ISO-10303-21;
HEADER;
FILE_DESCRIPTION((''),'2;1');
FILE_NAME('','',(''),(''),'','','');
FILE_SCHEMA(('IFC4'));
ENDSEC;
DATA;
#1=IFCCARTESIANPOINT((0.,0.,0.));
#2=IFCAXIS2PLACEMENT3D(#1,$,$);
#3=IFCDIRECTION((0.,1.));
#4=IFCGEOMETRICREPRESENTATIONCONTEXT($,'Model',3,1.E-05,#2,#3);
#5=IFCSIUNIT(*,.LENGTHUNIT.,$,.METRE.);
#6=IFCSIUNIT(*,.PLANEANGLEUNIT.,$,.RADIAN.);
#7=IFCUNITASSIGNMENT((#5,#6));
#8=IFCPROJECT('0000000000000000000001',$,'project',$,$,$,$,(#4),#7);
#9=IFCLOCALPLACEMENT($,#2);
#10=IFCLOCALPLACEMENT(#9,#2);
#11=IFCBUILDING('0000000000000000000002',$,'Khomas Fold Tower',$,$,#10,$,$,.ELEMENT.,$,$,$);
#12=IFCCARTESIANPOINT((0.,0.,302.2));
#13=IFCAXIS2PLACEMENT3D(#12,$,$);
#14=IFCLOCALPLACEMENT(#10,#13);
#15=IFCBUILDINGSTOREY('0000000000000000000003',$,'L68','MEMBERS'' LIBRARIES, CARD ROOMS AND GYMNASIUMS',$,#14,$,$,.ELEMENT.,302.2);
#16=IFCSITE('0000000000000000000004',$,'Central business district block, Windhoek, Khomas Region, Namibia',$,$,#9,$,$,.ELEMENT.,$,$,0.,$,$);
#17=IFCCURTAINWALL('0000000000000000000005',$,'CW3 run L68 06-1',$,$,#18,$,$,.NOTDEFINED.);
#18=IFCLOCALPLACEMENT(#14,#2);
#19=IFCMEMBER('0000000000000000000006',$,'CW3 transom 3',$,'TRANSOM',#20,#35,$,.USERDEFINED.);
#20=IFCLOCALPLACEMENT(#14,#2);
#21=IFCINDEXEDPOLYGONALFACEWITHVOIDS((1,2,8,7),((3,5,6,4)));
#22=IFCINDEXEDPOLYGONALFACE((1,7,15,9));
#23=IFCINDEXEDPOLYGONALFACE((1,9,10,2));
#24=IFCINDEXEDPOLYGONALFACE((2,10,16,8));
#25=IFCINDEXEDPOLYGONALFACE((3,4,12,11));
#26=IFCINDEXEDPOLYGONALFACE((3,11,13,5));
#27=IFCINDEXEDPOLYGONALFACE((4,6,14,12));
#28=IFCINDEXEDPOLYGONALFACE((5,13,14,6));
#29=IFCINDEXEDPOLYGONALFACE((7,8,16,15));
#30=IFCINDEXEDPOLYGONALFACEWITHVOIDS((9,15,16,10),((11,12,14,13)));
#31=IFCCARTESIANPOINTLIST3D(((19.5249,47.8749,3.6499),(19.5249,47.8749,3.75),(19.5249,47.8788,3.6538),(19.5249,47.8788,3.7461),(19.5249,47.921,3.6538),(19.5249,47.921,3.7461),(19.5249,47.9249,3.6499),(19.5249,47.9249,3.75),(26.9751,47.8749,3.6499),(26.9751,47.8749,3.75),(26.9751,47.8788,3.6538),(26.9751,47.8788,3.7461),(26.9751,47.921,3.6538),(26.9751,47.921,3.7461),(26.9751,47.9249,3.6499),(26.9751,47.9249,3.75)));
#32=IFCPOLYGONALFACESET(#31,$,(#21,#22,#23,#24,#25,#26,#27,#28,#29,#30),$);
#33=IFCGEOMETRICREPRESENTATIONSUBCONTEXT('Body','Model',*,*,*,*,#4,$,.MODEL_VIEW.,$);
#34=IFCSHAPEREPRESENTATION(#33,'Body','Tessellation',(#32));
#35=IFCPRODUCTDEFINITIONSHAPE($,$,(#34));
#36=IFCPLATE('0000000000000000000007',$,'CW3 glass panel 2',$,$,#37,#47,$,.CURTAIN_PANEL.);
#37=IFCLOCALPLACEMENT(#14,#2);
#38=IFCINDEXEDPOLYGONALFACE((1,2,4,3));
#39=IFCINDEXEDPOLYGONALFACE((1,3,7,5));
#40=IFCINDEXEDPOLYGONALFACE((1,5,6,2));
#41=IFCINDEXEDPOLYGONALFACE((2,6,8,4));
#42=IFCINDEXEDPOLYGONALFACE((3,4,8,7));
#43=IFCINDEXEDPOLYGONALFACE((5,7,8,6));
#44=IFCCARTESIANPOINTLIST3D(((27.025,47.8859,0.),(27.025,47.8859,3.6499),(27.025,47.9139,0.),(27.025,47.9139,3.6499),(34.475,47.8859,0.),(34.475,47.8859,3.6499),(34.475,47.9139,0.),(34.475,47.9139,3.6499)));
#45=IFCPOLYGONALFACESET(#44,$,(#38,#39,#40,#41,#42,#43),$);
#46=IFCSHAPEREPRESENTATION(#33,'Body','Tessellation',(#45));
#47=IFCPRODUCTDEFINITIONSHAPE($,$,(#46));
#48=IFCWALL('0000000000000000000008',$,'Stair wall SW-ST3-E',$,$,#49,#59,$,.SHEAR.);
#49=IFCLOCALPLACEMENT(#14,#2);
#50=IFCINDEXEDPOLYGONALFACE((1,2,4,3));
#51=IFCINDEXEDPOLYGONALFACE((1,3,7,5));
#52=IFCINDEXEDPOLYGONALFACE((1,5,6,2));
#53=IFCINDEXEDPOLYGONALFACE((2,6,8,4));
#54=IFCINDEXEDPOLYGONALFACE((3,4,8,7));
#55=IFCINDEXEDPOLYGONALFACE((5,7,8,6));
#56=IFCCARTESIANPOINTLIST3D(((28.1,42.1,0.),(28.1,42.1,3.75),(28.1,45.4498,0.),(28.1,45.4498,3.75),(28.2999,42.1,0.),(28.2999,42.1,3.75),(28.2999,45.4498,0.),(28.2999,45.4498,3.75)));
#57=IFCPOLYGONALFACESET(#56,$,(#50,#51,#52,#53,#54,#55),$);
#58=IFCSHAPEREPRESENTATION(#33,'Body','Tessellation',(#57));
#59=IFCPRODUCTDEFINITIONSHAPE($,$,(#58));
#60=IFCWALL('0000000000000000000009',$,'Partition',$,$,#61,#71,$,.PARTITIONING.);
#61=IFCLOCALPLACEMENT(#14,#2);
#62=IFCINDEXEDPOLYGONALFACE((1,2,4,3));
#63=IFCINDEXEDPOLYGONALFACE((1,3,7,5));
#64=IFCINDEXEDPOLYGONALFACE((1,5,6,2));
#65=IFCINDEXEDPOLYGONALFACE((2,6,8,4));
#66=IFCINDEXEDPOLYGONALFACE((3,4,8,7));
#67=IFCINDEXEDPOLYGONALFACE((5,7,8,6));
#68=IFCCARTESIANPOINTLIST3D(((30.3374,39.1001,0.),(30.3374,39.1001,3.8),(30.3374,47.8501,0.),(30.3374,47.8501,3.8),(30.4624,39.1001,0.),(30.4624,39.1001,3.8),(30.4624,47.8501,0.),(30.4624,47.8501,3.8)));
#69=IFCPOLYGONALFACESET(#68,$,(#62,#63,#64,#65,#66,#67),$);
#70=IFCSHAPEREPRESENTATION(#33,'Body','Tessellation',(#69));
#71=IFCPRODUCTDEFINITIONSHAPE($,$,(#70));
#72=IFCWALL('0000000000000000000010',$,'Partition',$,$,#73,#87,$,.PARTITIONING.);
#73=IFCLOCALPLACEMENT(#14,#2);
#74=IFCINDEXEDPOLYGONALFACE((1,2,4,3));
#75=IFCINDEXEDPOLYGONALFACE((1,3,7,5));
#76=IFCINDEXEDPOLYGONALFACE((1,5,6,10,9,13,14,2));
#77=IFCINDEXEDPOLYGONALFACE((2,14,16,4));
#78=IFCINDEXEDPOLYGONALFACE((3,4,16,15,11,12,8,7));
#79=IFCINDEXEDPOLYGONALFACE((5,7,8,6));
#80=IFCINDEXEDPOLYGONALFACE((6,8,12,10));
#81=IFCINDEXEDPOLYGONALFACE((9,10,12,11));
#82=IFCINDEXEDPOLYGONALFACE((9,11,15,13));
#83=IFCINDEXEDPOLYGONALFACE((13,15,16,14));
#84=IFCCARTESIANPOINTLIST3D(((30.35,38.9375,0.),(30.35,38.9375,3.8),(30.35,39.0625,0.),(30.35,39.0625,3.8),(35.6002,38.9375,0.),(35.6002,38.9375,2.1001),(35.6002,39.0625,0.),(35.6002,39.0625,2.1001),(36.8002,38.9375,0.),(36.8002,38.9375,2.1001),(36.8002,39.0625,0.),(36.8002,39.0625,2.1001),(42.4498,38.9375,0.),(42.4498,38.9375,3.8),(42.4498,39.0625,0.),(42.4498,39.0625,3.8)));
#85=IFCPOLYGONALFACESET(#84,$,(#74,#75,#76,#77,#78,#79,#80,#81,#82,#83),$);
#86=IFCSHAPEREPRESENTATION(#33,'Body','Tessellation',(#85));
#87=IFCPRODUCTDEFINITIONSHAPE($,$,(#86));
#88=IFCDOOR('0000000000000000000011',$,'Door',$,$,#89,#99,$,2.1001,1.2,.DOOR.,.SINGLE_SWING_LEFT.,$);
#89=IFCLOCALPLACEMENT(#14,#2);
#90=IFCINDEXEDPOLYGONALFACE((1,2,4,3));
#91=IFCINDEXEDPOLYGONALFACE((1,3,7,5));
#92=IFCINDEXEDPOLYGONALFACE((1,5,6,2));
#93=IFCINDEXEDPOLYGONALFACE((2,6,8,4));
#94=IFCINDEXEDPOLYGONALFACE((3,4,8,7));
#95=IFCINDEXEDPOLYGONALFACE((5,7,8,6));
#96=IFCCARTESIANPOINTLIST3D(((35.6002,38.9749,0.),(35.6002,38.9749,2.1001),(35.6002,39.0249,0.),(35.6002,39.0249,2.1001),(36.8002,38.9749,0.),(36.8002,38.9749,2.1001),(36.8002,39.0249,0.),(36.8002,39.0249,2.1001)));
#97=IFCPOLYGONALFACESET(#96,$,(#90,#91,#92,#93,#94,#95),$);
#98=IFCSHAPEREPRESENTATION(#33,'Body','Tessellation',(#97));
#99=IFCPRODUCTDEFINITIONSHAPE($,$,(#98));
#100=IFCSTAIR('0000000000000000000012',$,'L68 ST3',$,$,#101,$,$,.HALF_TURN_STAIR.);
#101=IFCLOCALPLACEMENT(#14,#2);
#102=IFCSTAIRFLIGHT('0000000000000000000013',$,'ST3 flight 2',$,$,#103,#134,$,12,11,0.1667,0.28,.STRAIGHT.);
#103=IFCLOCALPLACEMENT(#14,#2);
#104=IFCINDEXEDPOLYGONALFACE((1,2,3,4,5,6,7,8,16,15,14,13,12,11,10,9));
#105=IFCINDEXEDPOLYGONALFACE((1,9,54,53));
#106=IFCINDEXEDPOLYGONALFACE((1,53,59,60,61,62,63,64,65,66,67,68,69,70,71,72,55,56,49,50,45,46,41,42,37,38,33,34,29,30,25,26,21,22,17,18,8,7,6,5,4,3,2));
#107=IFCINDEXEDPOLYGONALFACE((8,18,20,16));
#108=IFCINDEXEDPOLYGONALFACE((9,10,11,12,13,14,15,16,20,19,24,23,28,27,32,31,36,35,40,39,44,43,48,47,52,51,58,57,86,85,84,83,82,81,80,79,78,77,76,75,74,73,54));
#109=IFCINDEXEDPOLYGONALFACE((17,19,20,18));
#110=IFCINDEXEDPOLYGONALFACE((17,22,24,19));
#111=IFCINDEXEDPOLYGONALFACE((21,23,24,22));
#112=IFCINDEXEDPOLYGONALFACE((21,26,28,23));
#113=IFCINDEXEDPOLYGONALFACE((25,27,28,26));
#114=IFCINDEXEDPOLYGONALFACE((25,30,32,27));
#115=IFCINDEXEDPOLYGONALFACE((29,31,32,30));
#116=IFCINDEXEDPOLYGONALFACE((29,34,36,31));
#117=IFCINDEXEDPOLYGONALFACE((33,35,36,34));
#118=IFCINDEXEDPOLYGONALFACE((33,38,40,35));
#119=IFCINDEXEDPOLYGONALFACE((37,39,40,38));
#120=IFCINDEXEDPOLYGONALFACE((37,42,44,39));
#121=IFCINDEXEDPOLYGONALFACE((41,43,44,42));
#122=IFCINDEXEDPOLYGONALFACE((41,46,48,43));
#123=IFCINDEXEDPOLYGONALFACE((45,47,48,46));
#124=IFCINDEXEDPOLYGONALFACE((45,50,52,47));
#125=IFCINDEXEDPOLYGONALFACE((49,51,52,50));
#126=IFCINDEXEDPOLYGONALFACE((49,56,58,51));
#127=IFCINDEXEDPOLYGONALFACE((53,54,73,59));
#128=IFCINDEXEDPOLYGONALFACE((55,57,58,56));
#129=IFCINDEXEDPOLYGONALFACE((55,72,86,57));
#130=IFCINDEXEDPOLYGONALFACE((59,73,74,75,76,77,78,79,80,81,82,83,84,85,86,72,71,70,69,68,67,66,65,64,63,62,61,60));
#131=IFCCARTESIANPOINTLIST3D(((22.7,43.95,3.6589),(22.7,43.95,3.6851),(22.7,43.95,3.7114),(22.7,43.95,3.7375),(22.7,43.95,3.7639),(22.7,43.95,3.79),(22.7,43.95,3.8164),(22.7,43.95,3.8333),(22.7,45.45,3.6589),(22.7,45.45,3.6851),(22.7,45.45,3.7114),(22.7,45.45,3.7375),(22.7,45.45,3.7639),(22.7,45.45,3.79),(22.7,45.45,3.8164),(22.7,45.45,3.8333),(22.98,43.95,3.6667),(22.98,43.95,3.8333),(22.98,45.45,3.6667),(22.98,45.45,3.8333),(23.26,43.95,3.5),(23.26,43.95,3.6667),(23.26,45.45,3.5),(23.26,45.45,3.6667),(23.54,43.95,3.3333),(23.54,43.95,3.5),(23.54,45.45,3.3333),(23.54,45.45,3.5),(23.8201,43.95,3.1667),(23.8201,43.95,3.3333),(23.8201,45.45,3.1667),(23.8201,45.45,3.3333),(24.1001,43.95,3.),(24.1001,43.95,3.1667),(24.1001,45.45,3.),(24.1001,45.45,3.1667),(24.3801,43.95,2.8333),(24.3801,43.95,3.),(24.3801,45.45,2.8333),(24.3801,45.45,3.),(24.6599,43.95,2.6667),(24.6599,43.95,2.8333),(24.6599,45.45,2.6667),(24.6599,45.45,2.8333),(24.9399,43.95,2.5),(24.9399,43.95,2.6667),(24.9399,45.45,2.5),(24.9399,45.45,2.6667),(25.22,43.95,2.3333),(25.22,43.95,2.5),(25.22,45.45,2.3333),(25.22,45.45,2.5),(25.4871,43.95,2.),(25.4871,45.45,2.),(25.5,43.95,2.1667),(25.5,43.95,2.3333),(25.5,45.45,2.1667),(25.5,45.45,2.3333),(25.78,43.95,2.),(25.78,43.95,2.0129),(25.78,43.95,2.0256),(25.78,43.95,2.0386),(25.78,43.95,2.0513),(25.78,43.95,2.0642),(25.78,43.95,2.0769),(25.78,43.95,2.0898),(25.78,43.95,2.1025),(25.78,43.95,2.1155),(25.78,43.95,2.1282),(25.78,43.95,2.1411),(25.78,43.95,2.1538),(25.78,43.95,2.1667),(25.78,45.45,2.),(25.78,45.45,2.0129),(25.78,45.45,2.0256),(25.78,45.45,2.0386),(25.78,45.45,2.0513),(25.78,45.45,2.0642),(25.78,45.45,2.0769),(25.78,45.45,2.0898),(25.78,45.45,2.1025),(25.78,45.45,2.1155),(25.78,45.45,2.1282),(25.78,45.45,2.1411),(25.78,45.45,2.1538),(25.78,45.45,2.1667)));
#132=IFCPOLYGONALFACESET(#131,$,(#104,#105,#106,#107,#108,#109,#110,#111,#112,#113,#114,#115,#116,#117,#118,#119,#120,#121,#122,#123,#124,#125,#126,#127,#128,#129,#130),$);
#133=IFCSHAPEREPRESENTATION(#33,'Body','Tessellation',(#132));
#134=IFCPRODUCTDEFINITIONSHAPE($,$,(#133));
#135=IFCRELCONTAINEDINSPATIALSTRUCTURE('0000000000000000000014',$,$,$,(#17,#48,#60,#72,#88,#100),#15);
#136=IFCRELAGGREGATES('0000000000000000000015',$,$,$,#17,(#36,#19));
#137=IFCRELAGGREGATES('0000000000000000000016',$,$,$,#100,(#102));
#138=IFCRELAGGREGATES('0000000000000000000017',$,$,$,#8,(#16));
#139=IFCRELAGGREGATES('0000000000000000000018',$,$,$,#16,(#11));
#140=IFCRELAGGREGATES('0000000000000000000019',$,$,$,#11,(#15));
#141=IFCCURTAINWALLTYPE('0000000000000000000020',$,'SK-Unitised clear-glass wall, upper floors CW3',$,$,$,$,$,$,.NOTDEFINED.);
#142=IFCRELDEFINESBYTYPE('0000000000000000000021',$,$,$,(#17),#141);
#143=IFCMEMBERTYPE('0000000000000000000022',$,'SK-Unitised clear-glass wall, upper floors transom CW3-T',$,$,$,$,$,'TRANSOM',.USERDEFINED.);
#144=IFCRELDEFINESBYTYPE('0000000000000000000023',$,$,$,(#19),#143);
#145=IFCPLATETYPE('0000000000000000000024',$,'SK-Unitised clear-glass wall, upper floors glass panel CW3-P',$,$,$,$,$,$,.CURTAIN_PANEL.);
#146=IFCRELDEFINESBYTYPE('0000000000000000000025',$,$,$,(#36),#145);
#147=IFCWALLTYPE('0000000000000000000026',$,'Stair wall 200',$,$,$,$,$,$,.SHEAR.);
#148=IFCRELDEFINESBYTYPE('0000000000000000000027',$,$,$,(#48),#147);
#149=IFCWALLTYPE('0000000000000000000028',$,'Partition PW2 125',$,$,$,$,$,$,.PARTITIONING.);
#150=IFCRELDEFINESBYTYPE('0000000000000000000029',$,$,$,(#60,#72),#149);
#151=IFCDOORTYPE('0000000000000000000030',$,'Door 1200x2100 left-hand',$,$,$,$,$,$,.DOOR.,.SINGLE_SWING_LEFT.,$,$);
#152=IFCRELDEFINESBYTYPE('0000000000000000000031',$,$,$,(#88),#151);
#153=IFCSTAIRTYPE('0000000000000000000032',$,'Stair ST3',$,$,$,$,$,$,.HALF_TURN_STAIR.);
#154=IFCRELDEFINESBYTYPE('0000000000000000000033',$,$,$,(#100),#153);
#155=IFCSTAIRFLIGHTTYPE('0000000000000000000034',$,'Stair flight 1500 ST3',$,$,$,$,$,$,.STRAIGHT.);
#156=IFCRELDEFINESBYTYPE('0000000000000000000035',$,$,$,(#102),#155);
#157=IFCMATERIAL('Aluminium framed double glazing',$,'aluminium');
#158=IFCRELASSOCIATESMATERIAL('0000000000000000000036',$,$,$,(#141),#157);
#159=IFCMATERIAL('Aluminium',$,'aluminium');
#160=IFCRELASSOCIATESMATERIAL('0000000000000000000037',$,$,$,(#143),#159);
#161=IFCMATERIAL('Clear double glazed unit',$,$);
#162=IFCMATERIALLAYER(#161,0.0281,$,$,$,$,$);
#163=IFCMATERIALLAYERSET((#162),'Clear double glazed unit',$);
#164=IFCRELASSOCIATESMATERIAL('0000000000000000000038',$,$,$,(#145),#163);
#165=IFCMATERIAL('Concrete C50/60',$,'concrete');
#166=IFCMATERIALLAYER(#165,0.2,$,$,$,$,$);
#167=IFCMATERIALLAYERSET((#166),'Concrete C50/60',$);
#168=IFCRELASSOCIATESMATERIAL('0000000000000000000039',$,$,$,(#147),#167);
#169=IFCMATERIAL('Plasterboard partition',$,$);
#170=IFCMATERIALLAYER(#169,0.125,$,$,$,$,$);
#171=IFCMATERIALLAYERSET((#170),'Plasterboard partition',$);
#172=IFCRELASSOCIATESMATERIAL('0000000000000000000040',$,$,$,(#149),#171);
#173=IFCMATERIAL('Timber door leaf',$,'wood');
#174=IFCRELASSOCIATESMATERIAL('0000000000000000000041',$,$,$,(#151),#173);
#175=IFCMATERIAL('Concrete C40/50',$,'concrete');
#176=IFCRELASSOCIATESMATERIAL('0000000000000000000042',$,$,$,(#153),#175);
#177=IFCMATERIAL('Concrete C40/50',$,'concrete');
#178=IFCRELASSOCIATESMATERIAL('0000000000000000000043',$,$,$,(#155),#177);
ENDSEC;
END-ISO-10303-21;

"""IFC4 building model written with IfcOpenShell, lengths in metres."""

from ifc_helpers import new_model, si_unit, direction, frame, frame_2d, origin, origin_2d, place, context, subcontext, project, spatial, polyline, rectangle, hollow_rectangle, outline, extrude, source, transform, mapped, material, layer, layer_set, material_profile, profile_set, type_object, element, fill, aggregate, save


model = new_model("IFC4")

# Units and contexts
model_context = context("Model", 3, precision=1e-05, world=origin(), true_north=direction((0.0, 1.0)))
body_context = subcontext(model_context, "Body", "Model", "MODEL_VIEW")
ifc_project = project(units=[si_unit("LENGTHUNIT", "METRE"), si_unit("PLANEANGLEUNIT", "RADIAN")], contexts=[model_context])

# Site, building, storey
site_placement = place(None, origin())
site = spatial("IfcSite", under=ifc_project, at=site_placement, Name="Central business district block, Windhoek, Khomas Region, Namibia", CompositionType="ELEMENT", RefElevation=0.0)
building_placement = place(site_placement, origin())
building = spatial("IfcBuilding", under=site, at=building_placement, Name="Khomas Fold Tower", CompositionType="ELEMENT")
storey_placement = place(building_placement, frame((0.0, 0.0, 302.2)))
storey = spatial("IfcBuildingStorey", under=building, at=storey_placement, Name="L68", Description="MEMBERS' LIBRARIES, CARD ROOMS AND GYMNASIUMS", CompositionType="ELEMENT", Elevation=302.2)

# Curtain wall, member, plate
ifc_material_1 = material(Name="Aluminium framed double glazing", Category="aluminium")
curtain_wall_type = type_object("IfcCurtainWallType", Name="SK-Unitised clear-glass wall, upper floors CW3", PredefinedType="NOTDEFINED", material=ifc_material_1)
curtain_wall_placement = place(storey_placement, origin())
curtain_wall = element("IfcCurtainWall", 1, at=curtain_wall_placement, inside=storey, type_object=curtain_wall_type, Name="CW3 run L68 06-1", PredefinedType="NOTDEFINED")
ifc_material_2 = material(Name="Aluminium", Category="aluminium")
ifc_material_profile_1 = material_profile(ifc_material_2, hollow_rectangle(XDim=0.05, YDim=0.1001, WallThickness=0.0039, at=origin_2d()), Name="SK-Unitised clear-glass wall, upper floors transom CW3-T")
ifc_profile_set_1 = profile_set([ifc_material_profile_1], Name="Aluminium")
member_type_1 = type_object("IfcMemberType", Name="SK-Unitised clear-glass wall, upper floors transom CW3-T", ElementType="TRANSOM", PredefinedType="USERDEFINED", material=ifc_profile_set_1)
shared_shape_1 = source(origin(), body_context, "Body", "SweptSolid", [
    extrude(hollow_rectangle(XDim=0.05, YDim=0.1001, WallThickness=0.0039, at=origin_2d()), origin(), (0.0, 0.0, 1.0), 7.4502),
])
member_1_placement = place(storey_placement, frame((26.9751, 47.8999, 3.7), z_axis=(-1.0, 0.0, 0.0), x_axis=(0.0, -1.0, 0.0)))
member_1 = element("IfcMember", 2, at=member_1_placement, type_object=member_type_1, Name="CW3 transom 3", ObjectType="TRANSOM", PredefinedType="USERDEFINED", context=body_context, shape_type="MappedRepresentation", body=[
    mapped(shared_shape_1, transform((0.0, 0.0, 0.0))),
])
ifc_material_3 = material(Name="Clear double glazed unit")
ifc_layer_1 = layer(ifc_material_3, 0.0281)
ifc_layer_set_1 = layer_set([ifc_layer_1], Name="Clear double glazed unit")
plate_type = type_object("IfcPlateType", Name="SK-Unitised clear-glass wall, upper floors glass panel CW3-P", PredefinedType="CURTAIN_PANEL", material=ifc_layer_set_1)
shared_shape_2 = source(origin(), body_context, "Body", "SweptSolid", [
    extrude(rectangle(XDim=7.45, YDim=0.0281, at=origin_2d()), origin(), (0.0, 0.0, 1.0), 3.6499),
])
plate_placement = place(storey_placement, frame((30.75, 47.8999, 0.0), z_axis=(0.0, 0.0, 1.0), x_axis=(-1.0, 0.0, 0.0)))
plate = element("IfcPlate", 3, at=plate_placement, type_object=plate_type, Name="CW3 glass panel 2", PredefinedType="CURTAIN_PANEL", context=body_context, shape_type="MappedRepresentation", body=[
    mapped(shared_shape_2, transform((0.0, 0.0, 0.0))),
])
aggregate(curtain_wall, [plate, member_1])

# Walls
ifc_material_4 = material(Name="Concrete C50/60", Category="concrete")
ifc_layer_2 = layer(ifc_material_4, 0.2)
ifc_layer_set_2 = layer_set([ifc_layer_2], Name="Concrete C50/60")
wall_type_1 = type_object("IfcWallType", Name="Stair wall 200", PredefinedType="SHEAR", material=ifc_layer_set_2)
shared_shape_3 = source(origin(), body_context, "Body", "SweptSolid", [
    extrude(rectangle(XDim=3.3499, YDim=0.2, at=frame_2d((1.6748, 0.0))), origin(), (0.0, 0.0, 1.0), 3.75),
])
wall_1_placement = place(storey_placement, frame((28.2, 42.1001, 0.0), z_axis=(0.0, 0.0, 1.0), x_axis=(0.0, 1.0, 0.0)))
element("IfcWall", 4, at=wall_1_placement, inside=storey, type_object=wall_type_1, Name="Stair wall SW-ST3-E", PredefinedType="SHEAR", context=body_context, shape_type="MappedRepresentation", body=[
    mapped(shared_shape_3, transform((0.0, 0.0, 0.0))),
])
ifc_material_5 = material(Name="Plasterboard partition")
ifc_layer_3 = layer(ifc_material_5, 0.125)
ifc_layer_set_3 = layer_set([ifc_layer_3], Name="Plasterboard partition")
wall_type_2 = type_object("IfcWallType", Name="Partition PW2 125", PredefinedType="PARTITIONING", material=ifc_layer_set_3)
shared_shape_4 = source(origin(), body_context, "Body", "SweptSolid", [
    extrude(rectangle(XDim=8.75, YDim=0.125, at=frame_2d((4.375, 0.0))), origin(), (0.0, 0.0, 1.0), 3.8),
])
wall_2_placement = place(storey_placement, frame((30.3999, 39.1001, 0.0), z_axis=(0.0, 0.0, 1.0), x_axis=(0.0, 1.0, 0.0)))
element("IfcWall", 5, at=wall_2_placement, inside=storey, type_object=wall_type_2, Name="Partition", PredefinedType="PARTITIONING", context=body_context, shape_type="MappedRepresentation", body=[
    mapped(shared_shape_4, transform((0.0, 0.0, 0.0))),
])

# Wall, opening, door
shared_shape_5 = source(origin(), body_context, "Body", "SweptSolid", [
    extrude(rectangle(XDim=12.0999, YDim=0.125, at=frame_2d((6.0498, 0.0))), origin(), (0.0, 0.0, 1.0), 3.8),
])
wall_3_placement = place(storey_placement, frame((30.3501, 39.0, 0.0), z_axis=(0.0, 0.0, 1.0), x_axis=(1.0, 0.0, 0.0)))
wall_3 = element("IfcWall", 6, at=wall_3_placement, inside=storey, type_object=wall_type_2, Name="Partition", PredefinedType="PARTITIONING", context=body_context, shape_type="MappedRepresentation", body=[
    mapped(shared_shape_5, transform((0.0, 0.0, 0.0))),
])
shared_shape_6 = source(origin(), body_context, "Body", "SweptSolid", [
    extrude(rectangle(XDim=1.2, YDim=2.1001, at=frame_2d((0.6001, 1.05))), frame((0.0, 0.0725, 0.0), z_axis=(0.0, -1.0, 0.0), x_axis=(1.0, 0.0, 0.0)), (0.0, 0.0, 1.0), 0.145),
])
opening_placement = place(wall_3_placement, frame((5.25, 0.0, 0.0)))
opening = element("IfcOpeningElement", 7, at=opening_placement, cuts=wall_3, PredefinedType="OPENING", context=body_context, shape_type="MappedRepresentation", body=[
    mapped(shared_shape_6, transform((0.0, 0.0, 0.0))),
])
ifc_material_6 = material(Name="Timber door leaf", Category="wood")
door_type = type_object("IfcDoorType", Name="Door 1200x2100 left-hand", OperationType="SINGLE_SWING_LEFT", PredefinedType="DOOR", material=ifc_material_6)
shared_shape_7 = source(origin(), body_context, "Body", "SweptSolid", [
    extrude(rectangle(XDim=1.2, YDim=2.1001, at=frame_2d((0.6001, 1.05))), frame((0.0, 0.0249, 0.0), z_axis=(0.0, -1.0, 0.0), x_axis=(1.0, 0.0, 0.0)), (0.0, 0.0, 1.0), 0.05),
])
door_placement = place(opening_placement, origin())
door = element("IfcDoor", 8, at=door_placement, inside=storey, type_object=door_type, Name="Door", OperationType="SINGLE_SWING_LEFT", OverallHeight=2.1001, OverallWidth=1.2, PredefinedType="DOOR", context=body_context, shape_type="MappedRepresentation", body=[
    mapped(shared_shape_7, transform((0.0, 0.0, 0.0))),
])
fill(opening, door)

# Stair, stair flight
ifc_material_7 = material(Name="Concrete C40/50", Category="concrete")
stair_type = type_object("IfcStairType", Name="Stair ST3", PredefinedType="HALF_TURN_STAIR", material=ifc_material_7)
stair_placement = place(storey_placement, origin())
stair = element("IfcStair", 9, at=stair_placement, inside=storey, type_object=stair_type, Name="L68 ST3", PredefinedType="HALF_TURN_STAIR")
ifc_material_8 = material(Name="Concrete C40/50", Category="concrete")
stair_flight_type = type_object("IfcStairFlightType", Name="Stair flight 1500 ST3", PredefinedType="STRAIGHT", material=ifc_material_8)
shared_shape_8 = source(origin(), body_context, "Body", "SweptSolid", [
    extrude(outline(polyline([(0.0, 0.0), (0.0, 0.0129), (0.0, 0.0256), (0.0, 0.0386), (0.0, 0.0513), (0.0, 0.0642), (0.0, 0.0769), (0.0, 0.0898), (0.0, 0.1025), (0.0, 0.1155), (0.0, 0.1282), (0.0, 0.1411), (0.0, 0.1538), (0.0, 0.1667), (0.28, 0.1667), (0.28, 0.3333), (0.5601, 0.3333), (0.5601, 0.5), (0.8401, 0.5), (0.8401, 0.6667), (1.1201, 0.6667), (1.1201, 0.8333), (1.3999, 0.8333), (1.3999, 1.0), (1.6799, 1.0), (1.6799, 1.1667), (1.96, 1.1667), (1.96, 1.3333), (2.24, 1.3333), (2.24, 1.5), (2.52, 1.5), (2.52, 1.6667), (2.8, 1.6667), (2.8, 1.8333), (3.0801, 1.8333), (3.0801, 2.0), (3.0801, 1.9739), (3.0801, 1.9475), (3.0801, 1.9214), (3.0801, 1.895), (3.0801, 1.8689), (3.0801, 1.8425), (3.0801, 1.8164), (3.0801, 1.79), (3.0801, 1.7639), (3.0801, 1.7375), (3.0801, 1.7114), (3.0801, 1.6851), (3.0801, 1.6589), (0.293, 0.0), (0.0, 0.0)])), frame((0.0, 0.75, 0.0), z_axis=(0.0, -1.0, 0.0), x_axis=(1.0, 0.0, 0.0)), (0.0, 0.0, 1.0), 1.5),
])
stair_flight_placement = place(storey_placement, frame((25.78, 44.7, 2.0), z_axis=(0.0, 0.0, 1.0), x_axis=(-1.0, 0.0, 0.0)))
stair_flight = element("IfcStairFlight", 10, at=stair_flight_placement, type_object=stair_flight_type, Name="ST3 flight 2", NumberOfRisers=12, NumberOfTreads=11, PredefinedType="STRAIGHT", RiserHeight=0.1667, TreadLength=0.28, context=body_context, shape_type="MappedRepresentation", body=[
    mapped(shared_shape_8, transform((0.0, 0.0, 0.0))),
])
aggregate(stair, [stair_flight])

save(model, "model.ifc")
